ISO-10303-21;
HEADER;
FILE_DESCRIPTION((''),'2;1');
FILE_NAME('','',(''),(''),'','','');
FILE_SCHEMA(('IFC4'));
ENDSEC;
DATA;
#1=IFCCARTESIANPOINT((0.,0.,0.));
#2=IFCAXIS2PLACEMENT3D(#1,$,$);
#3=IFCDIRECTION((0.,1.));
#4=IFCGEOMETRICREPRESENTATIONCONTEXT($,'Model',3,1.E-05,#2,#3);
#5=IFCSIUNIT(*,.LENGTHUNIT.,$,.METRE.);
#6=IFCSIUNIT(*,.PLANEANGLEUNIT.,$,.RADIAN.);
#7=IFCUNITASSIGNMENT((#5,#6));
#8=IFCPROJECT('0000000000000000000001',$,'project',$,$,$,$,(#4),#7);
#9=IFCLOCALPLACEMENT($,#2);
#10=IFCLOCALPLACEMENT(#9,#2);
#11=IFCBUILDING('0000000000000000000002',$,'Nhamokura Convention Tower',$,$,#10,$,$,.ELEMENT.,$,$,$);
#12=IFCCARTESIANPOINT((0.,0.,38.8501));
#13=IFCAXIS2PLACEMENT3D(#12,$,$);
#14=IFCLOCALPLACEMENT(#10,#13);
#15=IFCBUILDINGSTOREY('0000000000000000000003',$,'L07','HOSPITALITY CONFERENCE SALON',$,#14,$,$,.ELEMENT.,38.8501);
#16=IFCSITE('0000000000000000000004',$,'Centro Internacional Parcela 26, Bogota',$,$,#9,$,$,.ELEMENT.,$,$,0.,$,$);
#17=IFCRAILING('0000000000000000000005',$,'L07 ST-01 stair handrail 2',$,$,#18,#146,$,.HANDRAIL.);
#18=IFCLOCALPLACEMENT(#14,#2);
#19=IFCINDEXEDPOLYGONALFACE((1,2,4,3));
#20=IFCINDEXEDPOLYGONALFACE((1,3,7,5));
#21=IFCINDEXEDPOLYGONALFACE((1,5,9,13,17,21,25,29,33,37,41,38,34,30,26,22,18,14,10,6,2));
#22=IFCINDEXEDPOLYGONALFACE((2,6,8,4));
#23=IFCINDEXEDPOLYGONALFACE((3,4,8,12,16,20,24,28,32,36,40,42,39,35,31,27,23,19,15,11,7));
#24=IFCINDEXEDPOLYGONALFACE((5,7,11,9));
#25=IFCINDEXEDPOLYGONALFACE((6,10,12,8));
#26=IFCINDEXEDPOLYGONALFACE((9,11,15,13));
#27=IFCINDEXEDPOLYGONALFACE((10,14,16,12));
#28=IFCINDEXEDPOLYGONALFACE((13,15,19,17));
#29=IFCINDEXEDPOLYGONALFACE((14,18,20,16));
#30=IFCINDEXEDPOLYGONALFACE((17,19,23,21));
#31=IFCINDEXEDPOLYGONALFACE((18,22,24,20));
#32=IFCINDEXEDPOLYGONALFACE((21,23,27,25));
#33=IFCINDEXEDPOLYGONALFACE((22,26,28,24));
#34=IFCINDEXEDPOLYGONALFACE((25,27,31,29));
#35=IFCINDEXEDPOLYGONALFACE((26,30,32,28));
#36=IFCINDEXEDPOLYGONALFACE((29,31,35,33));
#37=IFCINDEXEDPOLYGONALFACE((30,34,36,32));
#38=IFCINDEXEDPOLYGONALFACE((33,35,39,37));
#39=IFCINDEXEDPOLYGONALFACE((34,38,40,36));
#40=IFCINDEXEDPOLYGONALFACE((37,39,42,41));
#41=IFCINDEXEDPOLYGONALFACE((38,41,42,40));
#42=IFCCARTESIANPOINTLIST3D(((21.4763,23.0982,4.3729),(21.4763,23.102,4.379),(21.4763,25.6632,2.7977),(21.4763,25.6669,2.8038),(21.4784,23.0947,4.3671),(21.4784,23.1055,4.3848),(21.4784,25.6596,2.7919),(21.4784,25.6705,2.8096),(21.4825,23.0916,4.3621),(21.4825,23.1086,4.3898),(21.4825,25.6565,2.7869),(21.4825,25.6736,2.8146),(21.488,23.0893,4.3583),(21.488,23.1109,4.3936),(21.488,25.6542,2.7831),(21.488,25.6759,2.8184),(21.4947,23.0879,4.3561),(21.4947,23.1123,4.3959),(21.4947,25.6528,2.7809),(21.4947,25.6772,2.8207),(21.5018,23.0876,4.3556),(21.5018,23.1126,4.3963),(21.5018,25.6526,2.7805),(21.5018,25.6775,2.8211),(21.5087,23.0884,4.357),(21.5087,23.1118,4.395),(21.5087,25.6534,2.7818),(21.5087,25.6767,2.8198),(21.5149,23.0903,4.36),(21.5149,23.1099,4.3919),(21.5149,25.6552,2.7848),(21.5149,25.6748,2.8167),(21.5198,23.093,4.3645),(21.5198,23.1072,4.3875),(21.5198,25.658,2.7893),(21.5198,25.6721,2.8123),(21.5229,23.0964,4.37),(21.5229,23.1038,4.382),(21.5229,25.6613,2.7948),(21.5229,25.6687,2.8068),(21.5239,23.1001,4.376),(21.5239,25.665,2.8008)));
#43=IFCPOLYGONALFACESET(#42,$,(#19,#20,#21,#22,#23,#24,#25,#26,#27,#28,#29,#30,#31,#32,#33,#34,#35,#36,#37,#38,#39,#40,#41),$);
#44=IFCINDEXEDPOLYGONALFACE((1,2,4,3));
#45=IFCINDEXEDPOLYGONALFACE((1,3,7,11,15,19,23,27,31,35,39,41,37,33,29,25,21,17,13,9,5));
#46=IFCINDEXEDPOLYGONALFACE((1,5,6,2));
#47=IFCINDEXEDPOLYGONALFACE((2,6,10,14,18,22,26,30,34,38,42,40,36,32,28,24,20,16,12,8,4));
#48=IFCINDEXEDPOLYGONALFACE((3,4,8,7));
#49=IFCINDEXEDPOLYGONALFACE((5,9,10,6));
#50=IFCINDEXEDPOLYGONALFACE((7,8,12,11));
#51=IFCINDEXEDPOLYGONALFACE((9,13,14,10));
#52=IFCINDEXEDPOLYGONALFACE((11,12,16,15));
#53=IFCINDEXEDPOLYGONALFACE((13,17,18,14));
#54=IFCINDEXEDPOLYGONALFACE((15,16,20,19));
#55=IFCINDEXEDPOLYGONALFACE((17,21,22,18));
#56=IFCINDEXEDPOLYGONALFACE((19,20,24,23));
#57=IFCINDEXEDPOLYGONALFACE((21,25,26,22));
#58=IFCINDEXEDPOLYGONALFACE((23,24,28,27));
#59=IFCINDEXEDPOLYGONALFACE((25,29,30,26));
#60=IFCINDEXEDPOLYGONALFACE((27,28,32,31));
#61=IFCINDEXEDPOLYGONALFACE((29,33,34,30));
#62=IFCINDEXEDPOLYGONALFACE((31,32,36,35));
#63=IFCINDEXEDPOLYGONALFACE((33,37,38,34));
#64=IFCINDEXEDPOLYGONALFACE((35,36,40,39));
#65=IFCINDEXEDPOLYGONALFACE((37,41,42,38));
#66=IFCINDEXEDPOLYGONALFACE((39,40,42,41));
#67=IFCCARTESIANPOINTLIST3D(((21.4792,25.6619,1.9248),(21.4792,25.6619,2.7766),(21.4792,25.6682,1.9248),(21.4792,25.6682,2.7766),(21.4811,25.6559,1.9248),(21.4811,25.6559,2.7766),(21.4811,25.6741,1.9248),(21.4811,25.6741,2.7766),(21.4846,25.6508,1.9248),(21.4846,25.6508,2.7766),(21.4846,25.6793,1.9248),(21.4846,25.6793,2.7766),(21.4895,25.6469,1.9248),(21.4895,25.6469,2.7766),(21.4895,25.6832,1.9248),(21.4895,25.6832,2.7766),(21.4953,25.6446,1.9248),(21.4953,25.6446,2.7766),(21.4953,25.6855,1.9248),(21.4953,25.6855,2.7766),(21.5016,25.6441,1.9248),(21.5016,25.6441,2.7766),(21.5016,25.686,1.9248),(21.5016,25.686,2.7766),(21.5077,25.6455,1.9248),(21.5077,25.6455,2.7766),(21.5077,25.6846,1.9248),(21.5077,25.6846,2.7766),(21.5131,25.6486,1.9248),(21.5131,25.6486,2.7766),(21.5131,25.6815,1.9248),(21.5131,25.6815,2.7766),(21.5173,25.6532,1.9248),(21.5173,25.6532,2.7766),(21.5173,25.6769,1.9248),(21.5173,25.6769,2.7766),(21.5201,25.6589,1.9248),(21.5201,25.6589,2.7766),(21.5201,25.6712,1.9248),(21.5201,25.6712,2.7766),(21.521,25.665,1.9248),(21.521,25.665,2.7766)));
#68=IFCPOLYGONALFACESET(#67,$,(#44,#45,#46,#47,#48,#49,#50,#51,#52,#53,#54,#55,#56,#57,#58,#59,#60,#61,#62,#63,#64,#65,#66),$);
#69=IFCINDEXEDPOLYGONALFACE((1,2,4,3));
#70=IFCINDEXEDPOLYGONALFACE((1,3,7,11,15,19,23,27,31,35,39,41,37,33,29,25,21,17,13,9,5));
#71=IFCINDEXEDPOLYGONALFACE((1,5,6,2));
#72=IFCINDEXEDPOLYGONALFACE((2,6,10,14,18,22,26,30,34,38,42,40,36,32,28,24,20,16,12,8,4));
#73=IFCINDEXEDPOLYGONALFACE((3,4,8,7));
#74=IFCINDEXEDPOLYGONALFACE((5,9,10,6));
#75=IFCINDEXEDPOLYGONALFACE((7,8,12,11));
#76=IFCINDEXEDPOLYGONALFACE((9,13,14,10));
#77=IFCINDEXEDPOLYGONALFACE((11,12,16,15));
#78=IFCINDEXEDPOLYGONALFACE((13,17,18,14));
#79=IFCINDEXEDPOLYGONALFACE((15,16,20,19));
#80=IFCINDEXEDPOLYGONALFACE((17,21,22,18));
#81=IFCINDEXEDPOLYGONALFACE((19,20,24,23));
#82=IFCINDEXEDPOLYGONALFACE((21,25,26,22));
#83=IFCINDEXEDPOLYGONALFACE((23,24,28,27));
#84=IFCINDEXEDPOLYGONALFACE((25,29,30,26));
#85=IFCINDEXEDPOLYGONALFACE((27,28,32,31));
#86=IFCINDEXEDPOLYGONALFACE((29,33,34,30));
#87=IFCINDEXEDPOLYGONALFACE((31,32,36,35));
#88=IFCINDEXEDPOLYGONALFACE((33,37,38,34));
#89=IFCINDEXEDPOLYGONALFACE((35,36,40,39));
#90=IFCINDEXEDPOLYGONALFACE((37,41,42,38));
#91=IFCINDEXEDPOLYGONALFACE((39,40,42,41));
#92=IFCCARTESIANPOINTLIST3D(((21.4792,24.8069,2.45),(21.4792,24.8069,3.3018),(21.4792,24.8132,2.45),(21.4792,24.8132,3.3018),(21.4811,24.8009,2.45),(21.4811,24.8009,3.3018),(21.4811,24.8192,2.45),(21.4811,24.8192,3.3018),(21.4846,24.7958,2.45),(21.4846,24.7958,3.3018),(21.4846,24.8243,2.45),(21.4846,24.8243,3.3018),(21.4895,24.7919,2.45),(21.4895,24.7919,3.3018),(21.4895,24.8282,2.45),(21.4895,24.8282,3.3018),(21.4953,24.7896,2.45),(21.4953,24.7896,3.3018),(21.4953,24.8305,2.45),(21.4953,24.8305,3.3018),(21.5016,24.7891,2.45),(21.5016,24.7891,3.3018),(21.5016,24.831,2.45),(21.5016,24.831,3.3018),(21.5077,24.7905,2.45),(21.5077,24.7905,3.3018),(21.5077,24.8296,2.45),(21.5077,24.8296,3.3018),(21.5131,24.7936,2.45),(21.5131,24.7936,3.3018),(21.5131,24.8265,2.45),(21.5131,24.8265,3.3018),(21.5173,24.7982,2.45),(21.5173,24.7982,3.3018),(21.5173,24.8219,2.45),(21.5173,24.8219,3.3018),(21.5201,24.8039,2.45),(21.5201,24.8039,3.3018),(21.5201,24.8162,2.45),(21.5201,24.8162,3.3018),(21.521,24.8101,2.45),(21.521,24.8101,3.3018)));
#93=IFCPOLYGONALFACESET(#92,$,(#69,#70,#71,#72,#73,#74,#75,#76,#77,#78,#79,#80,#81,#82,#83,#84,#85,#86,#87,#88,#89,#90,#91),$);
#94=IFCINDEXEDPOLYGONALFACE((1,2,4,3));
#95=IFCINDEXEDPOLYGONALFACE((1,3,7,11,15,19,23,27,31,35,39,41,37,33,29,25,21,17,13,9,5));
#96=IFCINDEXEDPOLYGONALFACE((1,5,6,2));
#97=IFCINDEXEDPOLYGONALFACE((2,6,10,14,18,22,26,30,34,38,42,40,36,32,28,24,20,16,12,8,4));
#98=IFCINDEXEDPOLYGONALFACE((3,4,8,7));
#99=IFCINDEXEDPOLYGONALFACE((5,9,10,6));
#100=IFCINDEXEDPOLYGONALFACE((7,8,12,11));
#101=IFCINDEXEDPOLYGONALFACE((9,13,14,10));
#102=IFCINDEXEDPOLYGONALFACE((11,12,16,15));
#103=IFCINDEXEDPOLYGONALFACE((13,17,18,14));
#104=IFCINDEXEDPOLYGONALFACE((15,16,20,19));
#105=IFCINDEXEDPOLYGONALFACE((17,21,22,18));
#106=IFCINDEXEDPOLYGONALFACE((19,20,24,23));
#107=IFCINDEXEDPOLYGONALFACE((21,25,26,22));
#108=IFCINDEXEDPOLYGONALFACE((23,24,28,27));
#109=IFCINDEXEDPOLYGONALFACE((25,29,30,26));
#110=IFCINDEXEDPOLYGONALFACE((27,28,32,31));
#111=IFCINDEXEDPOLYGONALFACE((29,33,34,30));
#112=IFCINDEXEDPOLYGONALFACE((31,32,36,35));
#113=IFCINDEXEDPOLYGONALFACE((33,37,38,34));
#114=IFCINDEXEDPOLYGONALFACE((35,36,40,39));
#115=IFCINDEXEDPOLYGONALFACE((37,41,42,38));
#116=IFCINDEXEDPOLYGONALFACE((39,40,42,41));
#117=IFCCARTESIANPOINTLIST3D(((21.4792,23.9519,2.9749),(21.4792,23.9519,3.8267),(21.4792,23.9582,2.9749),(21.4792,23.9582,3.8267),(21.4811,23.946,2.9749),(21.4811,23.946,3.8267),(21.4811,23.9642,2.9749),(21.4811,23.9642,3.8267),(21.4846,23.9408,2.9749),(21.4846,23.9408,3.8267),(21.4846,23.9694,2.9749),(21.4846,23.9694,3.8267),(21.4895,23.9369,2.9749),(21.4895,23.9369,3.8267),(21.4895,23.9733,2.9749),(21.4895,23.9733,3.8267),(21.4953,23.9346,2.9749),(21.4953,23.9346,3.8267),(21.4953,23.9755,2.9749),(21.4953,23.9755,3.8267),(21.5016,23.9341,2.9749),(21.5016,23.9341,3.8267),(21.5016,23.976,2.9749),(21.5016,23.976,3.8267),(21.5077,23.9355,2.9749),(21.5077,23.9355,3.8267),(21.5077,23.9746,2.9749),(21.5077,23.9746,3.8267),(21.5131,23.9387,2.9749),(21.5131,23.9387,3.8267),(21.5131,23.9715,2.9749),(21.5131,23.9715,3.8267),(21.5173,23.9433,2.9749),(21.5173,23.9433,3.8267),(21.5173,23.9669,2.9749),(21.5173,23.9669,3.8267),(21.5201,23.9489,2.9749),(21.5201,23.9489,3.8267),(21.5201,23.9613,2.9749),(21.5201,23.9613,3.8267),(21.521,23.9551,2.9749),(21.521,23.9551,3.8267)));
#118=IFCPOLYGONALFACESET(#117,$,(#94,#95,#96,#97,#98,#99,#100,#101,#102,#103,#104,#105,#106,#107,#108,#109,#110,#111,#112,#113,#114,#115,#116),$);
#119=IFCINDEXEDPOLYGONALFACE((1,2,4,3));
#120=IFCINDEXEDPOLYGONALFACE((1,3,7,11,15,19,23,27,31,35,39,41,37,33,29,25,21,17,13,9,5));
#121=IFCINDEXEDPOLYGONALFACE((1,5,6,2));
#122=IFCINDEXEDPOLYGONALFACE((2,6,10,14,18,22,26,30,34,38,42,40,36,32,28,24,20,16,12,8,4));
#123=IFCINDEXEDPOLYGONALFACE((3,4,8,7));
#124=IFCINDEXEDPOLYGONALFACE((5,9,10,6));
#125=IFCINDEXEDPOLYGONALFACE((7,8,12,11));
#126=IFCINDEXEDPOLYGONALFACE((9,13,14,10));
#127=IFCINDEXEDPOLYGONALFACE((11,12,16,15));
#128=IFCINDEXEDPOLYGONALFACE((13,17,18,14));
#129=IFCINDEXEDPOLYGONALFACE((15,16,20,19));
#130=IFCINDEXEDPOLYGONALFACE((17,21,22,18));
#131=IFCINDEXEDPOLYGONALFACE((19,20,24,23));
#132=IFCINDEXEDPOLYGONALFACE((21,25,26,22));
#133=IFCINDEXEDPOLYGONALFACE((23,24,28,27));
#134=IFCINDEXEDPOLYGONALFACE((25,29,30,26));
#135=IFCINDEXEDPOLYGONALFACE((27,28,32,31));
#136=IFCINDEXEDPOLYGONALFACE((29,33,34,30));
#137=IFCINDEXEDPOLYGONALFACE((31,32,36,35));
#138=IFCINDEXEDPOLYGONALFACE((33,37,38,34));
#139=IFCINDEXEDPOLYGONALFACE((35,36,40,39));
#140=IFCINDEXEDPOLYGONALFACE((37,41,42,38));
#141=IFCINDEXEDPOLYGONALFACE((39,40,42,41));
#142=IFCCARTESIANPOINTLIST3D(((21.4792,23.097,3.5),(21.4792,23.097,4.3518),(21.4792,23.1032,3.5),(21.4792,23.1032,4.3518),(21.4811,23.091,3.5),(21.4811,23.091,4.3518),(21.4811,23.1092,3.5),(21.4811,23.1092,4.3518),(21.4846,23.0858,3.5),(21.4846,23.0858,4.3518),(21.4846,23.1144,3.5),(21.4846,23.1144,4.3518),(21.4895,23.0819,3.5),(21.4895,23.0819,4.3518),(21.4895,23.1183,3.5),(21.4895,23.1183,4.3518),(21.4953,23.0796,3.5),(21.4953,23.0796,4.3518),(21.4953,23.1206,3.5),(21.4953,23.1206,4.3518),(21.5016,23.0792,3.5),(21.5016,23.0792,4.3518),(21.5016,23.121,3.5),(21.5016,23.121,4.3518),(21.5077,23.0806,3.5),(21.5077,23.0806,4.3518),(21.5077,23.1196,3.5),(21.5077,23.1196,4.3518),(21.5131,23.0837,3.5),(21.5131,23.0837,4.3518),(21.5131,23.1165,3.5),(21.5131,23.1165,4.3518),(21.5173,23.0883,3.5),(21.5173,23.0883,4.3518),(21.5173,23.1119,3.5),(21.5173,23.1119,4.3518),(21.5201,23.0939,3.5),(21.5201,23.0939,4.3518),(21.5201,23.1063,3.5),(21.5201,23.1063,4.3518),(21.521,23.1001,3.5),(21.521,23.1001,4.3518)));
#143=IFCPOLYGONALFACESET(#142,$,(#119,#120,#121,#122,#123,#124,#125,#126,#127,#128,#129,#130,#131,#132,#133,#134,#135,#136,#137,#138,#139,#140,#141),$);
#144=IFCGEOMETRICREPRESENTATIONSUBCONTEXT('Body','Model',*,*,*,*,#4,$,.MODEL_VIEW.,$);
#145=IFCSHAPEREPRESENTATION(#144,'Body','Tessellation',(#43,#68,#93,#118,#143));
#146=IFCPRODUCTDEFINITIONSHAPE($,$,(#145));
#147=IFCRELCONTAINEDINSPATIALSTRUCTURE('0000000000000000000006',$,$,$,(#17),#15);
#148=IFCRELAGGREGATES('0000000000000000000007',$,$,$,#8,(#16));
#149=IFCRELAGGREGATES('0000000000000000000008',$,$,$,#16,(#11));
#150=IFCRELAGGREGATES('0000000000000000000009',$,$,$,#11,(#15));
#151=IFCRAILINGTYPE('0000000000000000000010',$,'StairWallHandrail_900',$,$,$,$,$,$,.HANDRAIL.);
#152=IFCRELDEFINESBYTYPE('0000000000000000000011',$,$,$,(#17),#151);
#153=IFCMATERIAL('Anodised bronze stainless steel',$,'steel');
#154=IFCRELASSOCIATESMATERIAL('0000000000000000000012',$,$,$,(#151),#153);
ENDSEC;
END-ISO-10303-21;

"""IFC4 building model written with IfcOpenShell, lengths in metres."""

from ifc_helpers import new_model, si_unit, direction, frame, origin, origin_2d, place, context, subcontext, project, spatial, circle, extrude, material, type_object, element, save


model = new_model("IFC4")

# Units and contexts
model_context = context("Model", 3, precision=1e-05, world=origin(), true_north=direction((0.0, 1.0)))
body_context = subcontext(model_context, "Body", "Model", "MODEL_VIEW")
ifc_project = project(units=[si_unit("LENGTHUNIT", "METRE"), si_unit("PLANEANGLEUNIT", "RADIAN")], contexts=[model_context])

# Site, building, storey
site_placement = place(None, origin())
site = spatial("IfcSite", under=ifc_project, at=site_placement, Name="Centro Internacional Parcela 26, Bogota", CompositionType="ELEMENT", RefElevation=0.0)
building_placement = place(site_placement, origin())
building = spatial("IfcBuilding", under=site, at=building_placement, Name="Nhamokura Convention Tower", CompositionType="ELEMENT")
storey_placement = place(building_placement, frame((0.0, 0.0, 38.8501)))
storey = spatial("IfcBuildingStorey", under=building, at=storey_placement, Name="L07", Description="HOSPITALITY CONFERENCE SALON", CompositionType="ELEMENT", Elevation=38.8501)

# Railing
ifc_material_1 = material(Name="Anodised bronze stainless steel", Category="steel")
railing_type_1 = type_object("IfcRailingType", Name="StairWallHandrail_900", PredefinedType="HANDRAIL", material=ifc_material_1)
railing_1_placement = place(storey_placement, frame((21.5, 25.665, 1.9248)))
element("IfcRailing", 1, at=railing_1_placement, inside=storey, type_object=railing_type_1, Name="L07 ST-01 stair handrail 2", PredefinedType="HANDRAIL", context=body_context, shape_type="SweptSolid", body=[
    extrude(circle(Radius=0.0239, at=origin_2d()), frame((0.0, 0.0, 0.876), z_axis=(0.0, -0.852137, 0.523319), x_axis=(1.0, 0.0, 0.0)), (0.0, 0.0, 1.0), 3.01),
    extrude(circle(Radius=0.021, at=origin_2d()), origin(), (0.0, 0.0, 1.0), 0.8518),
    extrude(circle(Radius=0.021, at=origin_2d()), frame((0.0, -0.855, 0.5251)), (0.0, 0.0, 1.0), 0.8518),
    extrude(circle(Radius=0.021, at=origin_2d()), frame((0.0, -1.71, 1.05)), (0.0, 0.0, 1.0), 0.8518),
    extrude(circle(Radius=0.021, at=origin_2d()), frame((0.0, -2.5649, 1.5752)), (0.0, 0.0, 1.0), 0.8518),
])

save(model, "model.ifc")
